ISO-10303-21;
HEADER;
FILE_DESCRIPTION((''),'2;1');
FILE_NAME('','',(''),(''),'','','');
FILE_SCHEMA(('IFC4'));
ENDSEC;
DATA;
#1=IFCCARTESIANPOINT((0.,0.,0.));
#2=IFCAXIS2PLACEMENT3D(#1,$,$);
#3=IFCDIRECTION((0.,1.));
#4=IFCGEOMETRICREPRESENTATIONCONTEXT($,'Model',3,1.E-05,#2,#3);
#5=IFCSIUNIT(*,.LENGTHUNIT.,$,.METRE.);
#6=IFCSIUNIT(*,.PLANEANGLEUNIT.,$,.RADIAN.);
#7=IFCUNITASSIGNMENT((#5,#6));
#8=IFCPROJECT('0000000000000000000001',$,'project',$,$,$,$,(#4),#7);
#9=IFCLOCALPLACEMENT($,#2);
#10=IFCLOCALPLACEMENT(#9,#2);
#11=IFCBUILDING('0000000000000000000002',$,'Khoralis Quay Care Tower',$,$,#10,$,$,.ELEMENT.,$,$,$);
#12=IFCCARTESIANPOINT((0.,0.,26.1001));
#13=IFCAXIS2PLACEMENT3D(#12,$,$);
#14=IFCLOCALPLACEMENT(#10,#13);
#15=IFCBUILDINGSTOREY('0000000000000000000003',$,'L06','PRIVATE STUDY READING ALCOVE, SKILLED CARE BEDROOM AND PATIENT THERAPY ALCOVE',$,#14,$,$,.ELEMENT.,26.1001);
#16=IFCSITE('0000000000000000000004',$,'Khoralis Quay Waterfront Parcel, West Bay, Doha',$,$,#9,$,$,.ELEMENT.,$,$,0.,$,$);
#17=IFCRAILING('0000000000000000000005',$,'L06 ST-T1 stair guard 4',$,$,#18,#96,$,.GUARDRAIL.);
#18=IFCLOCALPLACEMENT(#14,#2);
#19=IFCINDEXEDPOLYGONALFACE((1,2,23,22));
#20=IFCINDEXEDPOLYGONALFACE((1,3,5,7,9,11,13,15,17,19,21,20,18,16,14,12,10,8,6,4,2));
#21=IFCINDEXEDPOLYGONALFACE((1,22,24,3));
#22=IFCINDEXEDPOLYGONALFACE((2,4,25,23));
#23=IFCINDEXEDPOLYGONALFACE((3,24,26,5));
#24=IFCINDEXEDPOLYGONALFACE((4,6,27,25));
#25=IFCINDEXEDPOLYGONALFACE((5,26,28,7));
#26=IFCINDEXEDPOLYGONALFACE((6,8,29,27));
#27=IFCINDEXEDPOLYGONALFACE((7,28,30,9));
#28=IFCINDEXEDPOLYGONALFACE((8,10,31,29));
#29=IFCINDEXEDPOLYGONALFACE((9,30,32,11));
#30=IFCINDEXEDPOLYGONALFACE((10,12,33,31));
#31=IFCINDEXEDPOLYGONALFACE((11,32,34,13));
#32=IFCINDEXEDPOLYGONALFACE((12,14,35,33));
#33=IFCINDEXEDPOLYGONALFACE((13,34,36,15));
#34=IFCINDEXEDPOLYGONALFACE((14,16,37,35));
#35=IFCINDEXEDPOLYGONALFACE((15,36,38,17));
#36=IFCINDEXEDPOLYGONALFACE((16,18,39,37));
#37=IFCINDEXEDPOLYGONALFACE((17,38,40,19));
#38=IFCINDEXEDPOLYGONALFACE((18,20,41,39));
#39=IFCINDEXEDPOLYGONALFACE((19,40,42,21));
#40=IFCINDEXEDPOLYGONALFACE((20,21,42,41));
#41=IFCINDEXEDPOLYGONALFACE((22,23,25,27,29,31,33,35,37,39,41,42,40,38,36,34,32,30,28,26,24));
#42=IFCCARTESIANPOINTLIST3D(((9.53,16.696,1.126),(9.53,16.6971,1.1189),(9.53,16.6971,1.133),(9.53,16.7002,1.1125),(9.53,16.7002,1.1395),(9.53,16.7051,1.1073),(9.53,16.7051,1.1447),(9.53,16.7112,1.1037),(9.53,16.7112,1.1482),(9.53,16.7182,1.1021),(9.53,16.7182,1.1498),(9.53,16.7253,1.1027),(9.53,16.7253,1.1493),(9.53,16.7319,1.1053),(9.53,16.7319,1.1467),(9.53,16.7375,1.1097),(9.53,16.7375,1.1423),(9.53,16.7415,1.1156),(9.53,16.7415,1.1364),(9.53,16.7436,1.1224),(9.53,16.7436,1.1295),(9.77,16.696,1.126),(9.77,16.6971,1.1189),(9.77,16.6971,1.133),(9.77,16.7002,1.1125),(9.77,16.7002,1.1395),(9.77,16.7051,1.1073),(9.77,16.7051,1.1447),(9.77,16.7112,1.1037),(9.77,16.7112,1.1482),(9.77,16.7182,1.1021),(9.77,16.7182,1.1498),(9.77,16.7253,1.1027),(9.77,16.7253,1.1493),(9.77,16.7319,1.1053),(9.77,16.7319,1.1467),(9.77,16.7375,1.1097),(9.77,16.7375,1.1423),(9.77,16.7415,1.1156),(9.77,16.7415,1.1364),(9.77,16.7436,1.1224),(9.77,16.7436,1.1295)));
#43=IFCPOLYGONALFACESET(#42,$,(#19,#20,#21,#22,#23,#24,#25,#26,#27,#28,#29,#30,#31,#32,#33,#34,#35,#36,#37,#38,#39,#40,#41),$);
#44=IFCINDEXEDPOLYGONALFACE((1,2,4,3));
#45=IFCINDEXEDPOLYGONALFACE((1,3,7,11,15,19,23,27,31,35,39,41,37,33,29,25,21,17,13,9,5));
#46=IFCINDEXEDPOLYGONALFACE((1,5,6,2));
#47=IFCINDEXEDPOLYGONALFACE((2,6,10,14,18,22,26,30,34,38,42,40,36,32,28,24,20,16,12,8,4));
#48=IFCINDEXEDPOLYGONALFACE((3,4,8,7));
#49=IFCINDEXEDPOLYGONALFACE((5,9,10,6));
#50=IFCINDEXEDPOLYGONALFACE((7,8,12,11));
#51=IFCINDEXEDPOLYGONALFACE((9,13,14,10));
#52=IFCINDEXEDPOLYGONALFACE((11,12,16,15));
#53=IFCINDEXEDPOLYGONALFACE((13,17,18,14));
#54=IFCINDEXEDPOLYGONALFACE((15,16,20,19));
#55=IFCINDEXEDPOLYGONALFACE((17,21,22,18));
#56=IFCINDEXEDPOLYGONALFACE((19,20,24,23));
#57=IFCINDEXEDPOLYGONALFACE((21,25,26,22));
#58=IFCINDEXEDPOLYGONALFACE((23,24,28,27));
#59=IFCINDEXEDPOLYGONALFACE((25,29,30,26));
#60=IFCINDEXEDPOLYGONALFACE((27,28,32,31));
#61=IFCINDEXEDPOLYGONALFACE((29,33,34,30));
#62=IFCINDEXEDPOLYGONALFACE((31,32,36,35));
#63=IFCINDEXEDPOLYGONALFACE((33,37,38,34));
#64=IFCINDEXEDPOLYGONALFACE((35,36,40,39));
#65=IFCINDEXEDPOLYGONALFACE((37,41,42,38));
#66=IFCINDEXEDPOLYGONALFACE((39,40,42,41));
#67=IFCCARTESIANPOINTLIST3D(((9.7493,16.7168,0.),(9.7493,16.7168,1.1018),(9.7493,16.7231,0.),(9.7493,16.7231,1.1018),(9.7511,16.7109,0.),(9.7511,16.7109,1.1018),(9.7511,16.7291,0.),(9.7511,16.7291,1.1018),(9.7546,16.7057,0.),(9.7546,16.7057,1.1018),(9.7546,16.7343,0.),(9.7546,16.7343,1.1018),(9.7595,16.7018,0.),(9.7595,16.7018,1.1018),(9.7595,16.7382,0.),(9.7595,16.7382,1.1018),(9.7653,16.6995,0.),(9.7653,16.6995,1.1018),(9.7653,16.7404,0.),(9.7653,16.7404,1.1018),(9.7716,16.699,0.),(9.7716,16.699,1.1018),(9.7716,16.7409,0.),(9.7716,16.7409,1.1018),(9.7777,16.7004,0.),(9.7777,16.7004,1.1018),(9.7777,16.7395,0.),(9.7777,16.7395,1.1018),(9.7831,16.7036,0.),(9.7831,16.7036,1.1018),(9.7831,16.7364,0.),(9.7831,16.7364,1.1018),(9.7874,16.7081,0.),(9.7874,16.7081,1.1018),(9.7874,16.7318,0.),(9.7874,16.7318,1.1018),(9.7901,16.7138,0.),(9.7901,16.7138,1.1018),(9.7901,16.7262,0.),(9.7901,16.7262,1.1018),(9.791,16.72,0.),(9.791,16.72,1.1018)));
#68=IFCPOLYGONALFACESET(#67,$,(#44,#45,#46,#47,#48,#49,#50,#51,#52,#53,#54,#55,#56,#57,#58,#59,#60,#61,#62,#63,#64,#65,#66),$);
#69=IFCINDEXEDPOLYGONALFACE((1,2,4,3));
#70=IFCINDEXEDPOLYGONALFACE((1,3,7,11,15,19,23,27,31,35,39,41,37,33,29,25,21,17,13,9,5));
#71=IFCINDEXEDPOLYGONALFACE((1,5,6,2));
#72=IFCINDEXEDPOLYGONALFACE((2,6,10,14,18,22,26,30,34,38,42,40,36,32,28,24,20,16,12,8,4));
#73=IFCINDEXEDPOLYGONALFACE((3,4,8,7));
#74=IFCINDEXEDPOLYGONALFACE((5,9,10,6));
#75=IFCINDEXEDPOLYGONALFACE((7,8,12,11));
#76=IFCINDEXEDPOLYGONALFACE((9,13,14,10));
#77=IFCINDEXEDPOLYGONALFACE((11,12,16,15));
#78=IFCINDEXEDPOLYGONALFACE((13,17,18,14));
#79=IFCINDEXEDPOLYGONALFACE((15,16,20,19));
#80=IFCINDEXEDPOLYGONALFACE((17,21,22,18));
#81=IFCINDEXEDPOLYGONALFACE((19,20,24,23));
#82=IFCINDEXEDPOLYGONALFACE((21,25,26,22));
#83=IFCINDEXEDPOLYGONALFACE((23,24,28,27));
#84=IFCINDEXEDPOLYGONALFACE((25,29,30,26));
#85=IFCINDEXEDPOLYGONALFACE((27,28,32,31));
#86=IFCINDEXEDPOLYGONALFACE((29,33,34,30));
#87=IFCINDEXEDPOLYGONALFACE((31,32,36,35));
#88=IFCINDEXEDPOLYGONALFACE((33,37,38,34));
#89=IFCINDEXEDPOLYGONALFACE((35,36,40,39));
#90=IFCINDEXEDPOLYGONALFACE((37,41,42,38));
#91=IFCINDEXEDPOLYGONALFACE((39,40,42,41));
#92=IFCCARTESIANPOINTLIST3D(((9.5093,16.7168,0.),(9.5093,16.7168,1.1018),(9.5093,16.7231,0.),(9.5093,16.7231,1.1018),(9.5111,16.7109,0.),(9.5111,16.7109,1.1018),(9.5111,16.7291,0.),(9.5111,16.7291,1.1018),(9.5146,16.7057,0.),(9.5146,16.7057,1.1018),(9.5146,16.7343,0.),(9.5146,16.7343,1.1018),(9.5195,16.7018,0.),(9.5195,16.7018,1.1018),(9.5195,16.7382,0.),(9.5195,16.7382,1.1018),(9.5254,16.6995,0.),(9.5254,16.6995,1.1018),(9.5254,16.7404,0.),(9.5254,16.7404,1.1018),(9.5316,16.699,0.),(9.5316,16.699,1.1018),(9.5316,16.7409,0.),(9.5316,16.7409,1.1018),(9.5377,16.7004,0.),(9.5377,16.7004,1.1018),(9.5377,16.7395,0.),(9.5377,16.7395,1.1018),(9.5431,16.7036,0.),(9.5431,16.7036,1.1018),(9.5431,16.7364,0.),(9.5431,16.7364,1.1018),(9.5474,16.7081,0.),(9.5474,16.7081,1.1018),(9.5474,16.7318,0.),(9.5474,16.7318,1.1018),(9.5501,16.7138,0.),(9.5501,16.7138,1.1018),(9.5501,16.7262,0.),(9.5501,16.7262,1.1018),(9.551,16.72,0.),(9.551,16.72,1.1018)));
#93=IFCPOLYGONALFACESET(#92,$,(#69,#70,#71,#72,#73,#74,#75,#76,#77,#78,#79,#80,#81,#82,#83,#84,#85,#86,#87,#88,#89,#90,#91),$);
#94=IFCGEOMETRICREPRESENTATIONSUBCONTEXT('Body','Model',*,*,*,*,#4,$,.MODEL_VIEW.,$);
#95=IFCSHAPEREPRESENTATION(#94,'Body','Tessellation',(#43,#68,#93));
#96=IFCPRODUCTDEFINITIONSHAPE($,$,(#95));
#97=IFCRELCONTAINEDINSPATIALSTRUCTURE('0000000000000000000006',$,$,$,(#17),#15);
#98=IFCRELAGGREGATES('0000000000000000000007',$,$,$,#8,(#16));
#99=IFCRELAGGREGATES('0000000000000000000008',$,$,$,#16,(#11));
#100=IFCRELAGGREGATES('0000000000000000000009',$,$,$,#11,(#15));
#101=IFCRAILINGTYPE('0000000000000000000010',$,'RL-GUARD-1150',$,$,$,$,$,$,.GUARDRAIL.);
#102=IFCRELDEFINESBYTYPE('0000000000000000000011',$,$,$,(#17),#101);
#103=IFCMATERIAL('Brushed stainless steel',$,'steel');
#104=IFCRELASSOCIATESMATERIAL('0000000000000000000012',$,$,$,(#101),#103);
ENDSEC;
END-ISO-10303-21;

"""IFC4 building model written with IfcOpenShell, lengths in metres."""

from ifc_helpers import new_model, si_unit, direction, frame, origin, origin_2d, place, context, subcontext, project, spatial, circle, extrude, material, type_object, element, save


model = new_model("IFC4")

# Units and contexts
model_context = context("Model", 3, precision=1e-05, world=origin(), true_north=direction((0.0, 1.0)))
body_context = subcontext(model_context, "Body", "Model", "MODEL_VIEW")
ifc_project = project(units=[si_unit("LENGTHUNIT", "METRE"), si_unit("PLANEANGLEUNIT", "RADIAN")], contexts=[model_context])

# Site, building, storey
site_placement = place(None, origin())
site = spatial("IfcSite", under=ifc_project, at=site_placement, Name="Khoralis Quay Waterfront Parcel, West Bay, Doha", CompositionType="ELEMENT", RefElevation=0.0)
building_placement = place(site_placement, origin())
building = spatial("IfcBuilding", under=site, at=building_placement, Name="Khoralis Quay Care Tower", CompositionType="ELEMENT")
storey_placement = place(building_placement, frame((0.0, 0.0, 26.1001)))
storey = spatial("IfcBuildingStorey", under=building, at=storey_placement, Name="L06", Description="PRIVATE STUDY READING ALCOVE, SKILLED CARE BEDROOM AND PATIENT THERAPY ALCOVE", CompositionType="ELEMENT", Elevation=26.1001)

# Shared definitions
ifc_material_1 = material(Name="Brushed stainless steel", Category="steel")

# Railing
railing_type_1 = type_object("IfcRailingType", Name="RL-GUARD-1150", PredefinedType="GUARDRAIL", material=ifc_material_1)
railing_1_placement = place(storey_placement, frame((9.77, 16.72, 0.0)))
element("IfcRailing", 1, at=railing_1_placement, inside=storey, type_object=railing_type_1, Name="L06 ST-T1 stair guard 4", PredefinedType="GUARDRAIL", context=body_context, shape_type="SweptSolid", body=[
    extrude(circle(Radius=0.0239, at=origin_2d()), frame((0.0, 0.0, 1.126), z_axis=(-1.0, 0.0, 0.0), x_axis=(0.0, -1.0, 0.0)), (0.0, 0.0, 1.0), 0.24),
    extrude(circle(Radius=0.021, at=origin_2d()), origin(), (0.0, 0.0, 1.0), 1.1018),
    extrude(circle(Radius=0.021, at=origin_2d()), frame((-0.24, 0.0, 0.0)), (0.0, 0.0, 1.0), 1.1018),
])

save(model, "model.ifc")
